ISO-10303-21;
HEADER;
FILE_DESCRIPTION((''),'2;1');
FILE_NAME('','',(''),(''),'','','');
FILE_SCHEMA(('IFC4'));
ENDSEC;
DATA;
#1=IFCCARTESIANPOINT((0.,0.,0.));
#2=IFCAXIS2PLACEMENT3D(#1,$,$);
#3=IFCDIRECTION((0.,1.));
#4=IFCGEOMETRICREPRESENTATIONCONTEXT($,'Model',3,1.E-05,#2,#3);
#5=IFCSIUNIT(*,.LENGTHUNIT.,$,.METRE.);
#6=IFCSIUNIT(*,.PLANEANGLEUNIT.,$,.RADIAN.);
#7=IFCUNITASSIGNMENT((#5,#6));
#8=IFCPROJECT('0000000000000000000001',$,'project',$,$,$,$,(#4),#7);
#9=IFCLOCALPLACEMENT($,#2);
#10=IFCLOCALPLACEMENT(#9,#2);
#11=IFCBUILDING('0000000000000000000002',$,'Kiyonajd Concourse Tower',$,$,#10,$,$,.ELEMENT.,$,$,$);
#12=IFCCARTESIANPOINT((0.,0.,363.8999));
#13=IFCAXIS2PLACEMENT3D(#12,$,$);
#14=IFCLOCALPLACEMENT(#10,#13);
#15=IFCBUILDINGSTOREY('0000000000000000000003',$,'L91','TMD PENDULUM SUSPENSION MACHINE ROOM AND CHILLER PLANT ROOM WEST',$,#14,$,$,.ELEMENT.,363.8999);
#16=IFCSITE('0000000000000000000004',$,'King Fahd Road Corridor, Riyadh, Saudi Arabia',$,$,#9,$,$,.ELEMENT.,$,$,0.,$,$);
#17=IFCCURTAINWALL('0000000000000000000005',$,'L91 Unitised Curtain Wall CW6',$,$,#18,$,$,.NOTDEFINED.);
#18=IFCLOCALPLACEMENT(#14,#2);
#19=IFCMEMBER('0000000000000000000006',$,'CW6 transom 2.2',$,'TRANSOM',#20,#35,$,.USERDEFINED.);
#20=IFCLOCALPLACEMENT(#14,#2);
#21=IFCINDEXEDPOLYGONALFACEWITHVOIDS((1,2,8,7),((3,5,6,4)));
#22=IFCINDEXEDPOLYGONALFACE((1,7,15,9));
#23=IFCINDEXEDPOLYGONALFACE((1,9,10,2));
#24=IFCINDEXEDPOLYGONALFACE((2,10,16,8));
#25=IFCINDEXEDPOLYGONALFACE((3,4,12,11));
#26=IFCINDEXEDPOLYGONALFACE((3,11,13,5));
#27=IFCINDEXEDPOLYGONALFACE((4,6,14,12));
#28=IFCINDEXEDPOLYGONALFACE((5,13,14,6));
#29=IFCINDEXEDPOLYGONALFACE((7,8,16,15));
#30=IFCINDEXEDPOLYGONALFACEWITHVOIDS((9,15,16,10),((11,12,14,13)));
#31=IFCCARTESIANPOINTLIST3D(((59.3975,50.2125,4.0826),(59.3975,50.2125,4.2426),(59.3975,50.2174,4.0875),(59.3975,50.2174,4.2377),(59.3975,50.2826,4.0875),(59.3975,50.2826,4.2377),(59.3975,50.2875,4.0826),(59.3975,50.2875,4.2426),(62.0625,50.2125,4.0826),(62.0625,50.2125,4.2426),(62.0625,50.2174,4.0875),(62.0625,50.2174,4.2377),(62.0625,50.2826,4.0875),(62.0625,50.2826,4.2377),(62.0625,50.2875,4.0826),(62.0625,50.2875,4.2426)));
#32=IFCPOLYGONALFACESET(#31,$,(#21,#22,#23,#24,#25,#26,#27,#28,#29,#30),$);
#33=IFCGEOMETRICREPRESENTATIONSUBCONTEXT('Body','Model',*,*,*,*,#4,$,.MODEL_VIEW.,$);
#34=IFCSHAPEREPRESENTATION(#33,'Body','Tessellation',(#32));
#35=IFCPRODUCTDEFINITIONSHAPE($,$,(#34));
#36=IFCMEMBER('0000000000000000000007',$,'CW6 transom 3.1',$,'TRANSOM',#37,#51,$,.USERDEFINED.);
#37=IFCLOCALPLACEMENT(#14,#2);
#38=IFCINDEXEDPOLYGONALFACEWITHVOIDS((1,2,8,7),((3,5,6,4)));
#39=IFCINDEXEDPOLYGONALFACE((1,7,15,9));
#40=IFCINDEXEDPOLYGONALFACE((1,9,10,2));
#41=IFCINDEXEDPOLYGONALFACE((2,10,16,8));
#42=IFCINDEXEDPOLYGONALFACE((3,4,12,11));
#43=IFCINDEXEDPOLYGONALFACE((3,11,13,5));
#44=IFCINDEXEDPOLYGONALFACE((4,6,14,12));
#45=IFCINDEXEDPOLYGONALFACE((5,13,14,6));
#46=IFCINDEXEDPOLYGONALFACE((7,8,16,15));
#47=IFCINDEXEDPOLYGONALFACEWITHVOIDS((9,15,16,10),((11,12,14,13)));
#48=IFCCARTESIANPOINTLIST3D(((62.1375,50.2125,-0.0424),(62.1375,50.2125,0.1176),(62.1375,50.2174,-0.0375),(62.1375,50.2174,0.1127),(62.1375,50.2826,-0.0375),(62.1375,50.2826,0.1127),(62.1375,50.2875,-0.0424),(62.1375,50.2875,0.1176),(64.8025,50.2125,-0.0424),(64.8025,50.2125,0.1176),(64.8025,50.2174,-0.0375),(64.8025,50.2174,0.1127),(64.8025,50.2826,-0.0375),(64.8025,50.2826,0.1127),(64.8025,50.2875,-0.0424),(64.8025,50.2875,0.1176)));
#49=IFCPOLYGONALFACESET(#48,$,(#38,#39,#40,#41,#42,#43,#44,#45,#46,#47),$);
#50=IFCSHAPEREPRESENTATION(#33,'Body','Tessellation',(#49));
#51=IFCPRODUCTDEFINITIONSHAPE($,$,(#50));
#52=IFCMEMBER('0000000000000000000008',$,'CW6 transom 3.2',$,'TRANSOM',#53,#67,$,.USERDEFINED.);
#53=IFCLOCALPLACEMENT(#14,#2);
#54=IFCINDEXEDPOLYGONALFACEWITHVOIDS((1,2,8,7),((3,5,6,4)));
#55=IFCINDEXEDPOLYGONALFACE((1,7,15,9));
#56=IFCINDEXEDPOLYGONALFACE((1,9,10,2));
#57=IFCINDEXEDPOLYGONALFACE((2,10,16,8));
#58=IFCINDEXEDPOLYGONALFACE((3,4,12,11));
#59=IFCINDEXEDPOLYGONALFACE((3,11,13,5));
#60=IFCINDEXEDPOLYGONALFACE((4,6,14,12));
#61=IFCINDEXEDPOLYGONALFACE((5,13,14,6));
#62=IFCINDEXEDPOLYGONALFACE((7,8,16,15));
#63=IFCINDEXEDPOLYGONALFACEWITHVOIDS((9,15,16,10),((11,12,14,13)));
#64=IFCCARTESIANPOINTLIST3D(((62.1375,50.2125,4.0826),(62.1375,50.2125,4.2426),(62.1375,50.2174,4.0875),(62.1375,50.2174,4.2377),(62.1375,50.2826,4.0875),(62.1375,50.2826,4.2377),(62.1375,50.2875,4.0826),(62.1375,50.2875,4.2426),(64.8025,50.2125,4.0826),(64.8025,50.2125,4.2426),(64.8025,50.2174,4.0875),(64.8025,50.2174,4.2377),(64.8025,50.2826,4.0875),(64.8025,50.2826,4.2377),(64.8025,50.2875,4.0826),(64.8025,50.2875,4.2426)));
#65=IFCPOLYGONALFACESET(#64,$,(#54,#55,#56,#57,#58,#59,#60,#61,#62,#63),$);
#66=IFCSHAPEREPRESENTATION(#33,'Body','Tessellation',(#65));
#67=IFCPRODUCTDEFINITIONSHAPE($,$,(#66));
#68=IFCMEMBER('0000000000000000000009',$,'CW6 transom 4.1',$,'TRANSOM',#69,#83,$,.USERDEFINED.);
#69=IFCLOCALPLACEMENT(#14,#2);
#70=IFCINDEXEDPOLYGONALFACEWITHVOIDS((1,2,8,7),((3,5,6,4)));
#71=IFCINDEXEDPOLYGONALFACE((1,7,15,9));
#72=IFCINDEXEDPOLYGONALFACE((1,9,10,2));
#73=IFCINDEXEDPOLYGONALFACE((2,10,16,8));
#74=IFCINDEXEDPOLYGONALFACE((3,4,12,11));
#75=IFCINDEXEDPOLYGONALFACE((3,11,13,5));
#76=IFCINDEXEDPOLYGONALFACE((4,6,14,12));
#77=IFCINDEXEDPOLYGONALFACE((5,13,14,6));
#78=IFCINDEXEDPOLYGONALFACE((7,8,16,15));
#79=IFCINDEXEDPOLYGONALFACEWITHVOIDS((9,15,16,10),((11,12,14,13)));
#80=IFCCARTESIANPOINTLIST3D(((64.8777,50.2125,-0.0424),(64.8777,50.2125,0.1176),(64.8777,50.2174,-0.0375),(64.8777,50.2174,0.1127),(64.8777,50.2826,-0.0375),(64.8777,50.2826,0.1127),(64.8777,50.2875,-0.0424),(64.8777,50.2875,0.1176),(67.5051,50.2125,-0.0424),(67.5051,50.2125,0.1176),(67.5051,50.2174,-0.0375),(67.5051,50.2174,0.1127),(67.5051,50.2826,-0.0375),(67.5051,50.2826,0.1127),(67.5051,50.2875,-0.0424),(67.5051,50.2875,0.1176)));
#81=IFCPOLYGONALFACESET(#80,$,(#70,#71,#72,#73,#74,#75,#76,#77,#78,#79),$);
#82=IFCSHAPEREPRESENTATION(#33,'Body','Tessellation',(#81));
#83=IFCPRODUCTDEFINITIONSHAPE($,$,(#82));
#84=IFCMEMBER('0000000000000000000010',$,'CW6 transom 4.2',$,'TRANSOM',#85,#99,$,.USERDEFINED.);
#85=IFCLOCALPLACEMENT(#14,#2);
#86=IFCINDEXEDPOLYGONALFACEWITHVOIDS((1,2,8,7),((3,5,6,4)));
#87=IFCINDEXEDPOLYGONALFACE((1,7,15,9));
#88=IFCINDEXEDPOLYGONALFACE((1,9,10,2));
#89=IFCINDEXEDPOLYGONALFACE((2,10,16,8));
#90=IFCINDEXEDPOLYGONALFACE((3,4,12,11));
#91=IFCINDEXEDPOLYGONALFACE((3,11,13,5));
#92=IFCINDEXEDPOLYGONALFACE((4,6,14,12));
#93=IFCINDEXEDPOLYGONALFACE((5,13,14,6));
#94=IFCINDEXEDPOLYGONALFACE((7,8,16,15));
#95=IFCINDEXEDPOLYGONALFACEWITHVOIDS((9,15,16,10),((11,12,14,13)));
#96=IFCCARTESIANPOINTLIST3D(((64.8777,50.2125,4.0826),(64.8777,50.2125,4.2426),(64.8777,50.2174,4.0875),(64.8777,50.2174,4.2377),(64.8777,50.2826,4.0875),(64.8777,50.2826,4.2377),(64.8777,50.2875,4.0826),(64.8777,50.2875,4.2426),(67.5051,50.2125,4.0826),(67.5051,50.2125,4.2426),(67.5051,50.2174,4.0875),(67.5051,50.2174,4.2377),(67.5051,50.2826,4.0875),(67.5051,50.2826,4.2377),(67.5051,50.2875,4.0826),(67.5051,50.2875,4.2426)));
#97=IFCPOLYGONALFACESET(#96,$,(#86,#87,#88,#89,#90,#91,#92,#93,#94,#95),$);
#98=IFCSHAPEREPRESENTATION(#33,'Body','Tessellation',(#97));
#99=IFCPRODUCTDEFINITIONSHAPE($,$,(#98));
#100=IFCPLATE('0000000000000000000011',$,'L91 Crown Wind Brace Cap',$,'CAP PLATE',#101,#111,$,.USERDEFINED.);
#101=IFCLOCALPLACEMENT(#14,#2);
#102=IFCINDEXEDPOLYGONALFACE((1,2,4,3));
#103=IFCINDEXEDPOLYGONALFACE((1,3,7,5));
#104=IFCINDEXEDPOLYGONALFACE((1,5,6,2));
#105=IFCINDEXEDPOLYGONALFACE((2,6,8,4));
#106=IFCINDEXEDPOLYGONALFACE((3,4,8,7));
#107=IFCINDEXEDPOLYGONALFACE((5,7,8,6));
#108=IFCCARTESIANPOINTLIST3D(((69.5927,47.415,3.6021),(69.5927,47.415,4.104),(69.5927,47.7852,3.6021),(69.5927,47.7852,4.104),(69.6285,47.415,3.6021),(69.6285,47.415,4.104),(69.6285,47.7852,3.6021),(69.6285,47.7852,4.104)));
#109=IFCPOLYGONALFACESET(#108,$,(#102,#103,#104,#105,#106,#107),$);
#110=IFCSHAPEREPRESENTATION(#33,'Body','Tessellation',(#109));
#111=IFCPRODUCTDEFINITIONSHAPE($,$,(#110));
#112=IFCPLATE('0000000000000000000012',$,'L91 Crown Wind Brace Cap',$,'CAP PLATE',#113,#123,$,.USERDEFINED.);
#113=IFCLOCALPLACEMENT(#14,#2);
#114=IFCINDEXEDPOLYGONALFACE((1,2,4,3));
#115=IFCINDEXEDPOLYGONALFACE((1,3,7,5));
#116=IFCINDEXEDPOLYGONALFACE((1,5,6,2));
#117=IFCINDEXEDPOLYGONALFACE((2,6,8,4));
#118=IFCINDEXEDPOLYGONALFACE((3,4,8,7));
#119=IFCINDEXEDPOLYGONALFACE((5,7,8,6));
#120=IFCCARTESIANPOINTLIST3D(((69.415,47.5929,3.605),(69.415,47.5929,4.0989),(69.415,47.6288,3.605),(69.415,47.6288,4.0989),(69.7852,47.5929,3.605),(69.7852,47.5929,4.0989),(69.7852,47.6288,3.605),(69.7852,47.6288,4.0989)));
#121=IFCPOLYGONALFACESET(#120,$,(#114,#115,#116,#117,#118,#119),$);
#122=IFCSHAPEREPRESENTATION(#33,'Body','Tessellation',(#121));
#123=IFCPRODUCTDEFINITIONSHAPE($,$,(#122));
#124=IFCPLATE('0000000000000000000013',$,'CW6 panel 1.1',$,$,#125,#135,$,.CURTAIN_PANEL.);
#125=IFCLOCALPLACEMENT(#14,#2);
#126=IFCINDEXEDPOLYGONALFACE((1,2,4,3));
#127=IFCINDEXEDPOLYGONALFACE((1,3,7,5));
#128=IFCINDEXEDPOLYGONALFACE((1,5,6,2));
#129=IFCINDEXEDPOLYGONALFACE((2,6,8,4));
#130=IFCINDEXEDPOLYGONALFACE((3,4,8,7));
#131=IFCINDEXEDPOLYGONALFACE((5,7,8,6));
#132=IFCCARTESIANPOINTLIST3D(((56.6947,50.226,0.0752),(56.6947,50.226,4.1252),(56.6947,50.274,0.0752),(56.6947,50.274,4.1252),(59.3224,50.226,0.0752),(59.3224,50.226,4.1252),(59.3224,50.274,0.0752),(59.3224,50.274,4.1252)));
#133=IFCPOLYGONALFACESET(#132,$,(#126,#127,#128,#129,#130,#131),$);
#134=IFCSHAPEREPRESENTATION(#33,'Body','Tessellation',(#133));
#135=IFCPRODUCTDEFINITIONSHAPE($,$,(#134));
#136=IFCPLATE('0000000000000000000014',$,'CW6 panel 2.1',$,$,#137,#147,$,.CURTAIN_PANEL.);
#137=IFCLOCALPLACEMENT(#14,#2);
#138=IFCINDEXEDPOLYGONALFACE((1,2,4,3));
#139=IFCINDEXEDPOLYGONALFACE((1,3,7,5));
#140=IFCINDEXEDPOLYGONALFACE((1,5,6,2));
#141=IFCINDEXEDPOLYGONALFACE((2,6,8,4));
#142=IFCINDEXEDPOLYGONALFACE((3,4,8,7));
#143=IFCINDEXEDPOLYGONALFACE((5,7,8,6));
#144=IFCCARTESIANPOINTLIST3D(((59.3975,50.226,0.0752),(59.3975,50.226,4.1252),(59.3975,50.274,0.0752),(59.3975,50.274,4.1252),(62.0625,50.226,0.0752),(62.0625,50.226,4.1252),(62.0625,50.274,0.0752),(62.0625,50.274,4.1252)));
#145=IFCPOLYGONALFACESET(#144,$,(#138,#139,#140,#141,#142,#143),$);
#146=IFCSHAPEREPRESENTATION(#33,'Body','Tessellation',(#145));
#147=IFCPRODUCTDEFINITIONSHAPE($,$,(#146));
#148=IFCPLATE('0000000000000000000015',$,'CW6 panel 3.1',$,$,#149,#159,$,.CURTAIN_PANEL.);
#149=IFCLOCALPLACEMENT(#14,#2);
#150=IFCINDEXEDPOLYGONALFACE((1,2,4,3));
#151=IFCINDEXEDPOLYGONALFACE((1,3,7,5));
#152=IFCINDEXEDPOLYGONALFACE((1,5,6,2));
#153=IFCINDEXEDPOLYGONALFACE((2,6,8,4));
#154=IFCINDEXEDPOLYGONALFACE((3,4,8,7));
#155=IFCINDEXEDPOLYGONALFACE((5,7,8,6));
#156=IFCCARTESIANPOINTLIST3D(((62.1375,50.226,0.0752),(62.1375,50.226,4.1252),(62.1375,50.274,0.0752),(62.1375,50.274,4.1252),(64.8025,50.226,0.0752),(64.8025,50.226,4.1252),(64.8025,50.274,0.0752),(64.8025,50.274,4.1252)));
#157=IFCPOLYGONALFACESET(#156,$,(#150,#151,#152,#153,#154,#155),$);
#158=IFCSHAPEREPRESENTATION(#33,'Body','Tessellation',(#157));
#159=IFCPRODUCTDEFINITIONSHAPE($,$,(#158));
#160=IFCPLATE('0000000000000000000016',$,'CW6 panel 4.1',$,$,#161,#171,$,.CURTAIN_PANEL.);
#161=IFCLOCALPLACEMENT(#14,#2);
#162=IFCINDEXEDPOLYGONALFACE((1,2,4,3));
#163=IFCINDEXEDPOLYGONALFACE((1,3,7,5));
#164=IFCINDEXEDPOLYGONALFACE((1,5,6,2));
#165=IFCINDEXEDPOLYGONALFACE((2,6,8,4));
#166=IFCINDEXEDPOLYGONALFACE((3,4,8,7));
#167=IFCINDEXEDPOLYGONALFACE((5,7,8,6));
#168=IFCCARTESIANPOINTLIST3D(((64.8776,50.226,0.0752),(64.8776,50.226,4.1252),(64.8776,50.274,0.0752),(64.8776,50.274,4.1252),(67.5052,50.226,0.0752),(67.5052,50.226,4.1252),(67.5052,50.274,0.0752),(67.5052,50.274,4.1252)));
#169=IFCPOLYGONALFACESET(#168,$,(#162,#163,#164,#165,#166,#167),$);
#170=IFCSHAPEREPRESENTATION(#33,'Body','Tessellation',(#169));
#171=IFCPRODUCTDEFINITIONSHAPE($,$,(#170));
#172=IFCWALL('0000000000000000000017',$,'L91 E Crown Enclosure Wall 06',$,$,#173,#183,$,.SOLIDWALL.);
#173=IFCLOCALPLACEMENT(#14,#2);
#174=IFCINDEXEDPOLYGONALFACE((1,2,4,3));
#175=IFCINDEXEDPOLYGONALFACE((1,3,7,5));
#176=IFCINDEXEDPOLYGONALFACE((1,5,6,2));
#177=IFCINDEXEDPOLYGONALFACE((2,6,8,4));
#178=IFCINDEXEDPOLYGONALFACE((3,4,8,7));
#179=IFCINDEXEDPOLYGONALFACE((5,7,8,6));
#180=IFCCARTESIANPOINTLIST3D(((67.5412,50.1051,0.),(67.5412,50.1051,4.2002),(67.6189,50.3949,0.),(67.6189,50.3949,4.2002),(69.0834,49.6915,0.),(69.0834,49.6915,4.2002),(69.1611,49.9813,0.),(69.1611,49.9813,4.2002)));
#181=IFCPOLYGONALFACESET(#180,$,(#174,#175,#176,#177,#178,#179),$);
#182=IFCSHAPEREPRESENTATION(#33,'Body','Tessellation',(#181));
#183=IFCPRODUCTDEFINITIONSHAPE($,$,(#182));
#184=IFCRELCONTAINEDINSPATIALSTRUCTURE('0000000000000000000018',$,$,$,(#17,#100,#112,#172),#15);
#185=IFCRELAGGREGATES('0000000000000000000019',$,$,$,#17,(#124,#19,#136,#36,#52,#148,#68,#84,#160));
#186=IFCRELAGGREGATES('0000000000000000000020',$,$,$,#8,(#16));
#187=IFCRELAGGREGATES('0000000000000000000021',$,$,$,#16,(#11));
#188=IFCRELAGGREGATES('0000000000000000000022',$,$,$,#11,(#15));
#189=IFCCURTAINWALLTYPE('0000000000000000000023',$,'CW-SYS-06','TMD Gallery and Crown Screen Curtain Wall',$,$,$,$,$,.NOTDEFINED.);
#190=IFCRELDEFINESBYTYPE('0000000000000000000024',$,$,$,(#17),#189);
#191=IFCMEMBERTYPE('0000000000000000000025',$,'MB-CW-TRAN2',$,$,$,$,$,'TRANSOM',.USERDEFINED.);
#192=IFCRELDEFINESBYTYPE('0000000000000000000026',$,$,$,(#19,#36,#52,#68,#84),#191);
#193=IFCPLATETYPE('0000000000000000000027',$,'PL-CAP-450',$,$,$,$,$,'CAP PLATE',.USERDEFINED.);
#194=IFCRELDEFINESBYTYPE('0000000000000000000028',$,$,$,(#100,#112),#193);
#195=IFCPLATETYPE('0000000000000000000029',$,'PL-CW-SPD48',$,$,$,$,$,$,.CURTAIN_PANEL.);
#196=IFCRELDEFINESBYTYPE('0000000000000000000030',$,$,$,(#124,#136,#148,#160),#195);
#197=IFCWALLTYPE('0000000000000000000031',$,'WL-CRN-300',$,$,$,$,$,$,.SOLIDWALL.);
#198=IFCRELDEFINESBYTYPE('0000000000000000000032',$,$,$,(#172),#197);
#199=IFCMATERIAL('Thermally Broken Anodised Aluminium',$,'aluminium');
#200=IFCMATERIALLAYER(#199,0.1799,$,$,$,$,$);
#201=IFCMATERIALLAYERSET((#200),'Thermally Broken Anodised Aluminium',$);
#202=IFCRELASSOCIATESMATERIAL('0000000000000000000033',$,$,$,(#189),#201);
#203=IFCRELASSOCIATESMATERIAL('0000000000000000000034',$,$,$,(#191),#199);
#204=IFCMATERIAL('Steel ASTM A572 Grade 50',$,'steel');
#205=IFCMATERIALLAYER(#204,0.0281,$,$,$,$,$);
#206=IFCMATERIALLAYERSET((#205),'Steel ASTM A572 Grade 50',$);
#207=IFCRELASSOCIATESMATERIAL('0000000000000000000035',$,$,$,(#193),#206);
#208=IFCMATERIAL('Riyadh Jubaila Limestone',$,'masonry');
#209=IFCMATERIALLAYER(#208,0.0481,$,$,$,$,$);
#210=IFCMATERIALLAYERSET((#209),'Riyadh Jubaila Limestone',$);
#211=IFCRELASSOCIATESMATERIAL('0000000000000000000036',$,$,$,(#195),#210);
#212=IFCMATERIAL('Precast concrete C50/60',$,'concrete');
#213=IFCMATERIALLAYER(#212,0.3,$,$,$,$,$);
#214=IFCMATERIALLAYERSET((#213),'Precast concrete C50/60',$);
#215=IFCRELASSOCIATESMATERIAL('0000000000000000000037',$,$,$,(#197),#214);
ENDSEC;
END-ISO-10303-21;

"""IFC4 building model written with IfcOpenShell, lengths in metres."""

from ifc_helpers import new_model, si_unit, direction, frame, frame_2d, origin, origin_2d, place, context, subcontext, project, spatial, rectangle, hollow_rectangle, extrude, material, layer, layer_set, material_profile, profile_set, type_object, element, aggregate, save


model = new_model("IFC4")

# Units and contexts
model_context = context("Model", 3, precision=1e-05, world=origin(), true_north=direction((0.0, 1.0)))
body_context = subcontext(model_context, "Body", "Model", "MODEL_VIEW")
ifc_project = project(units=[si_unit("LENGTHUNIT", "METRE"), si_unit("PLANEANGLEUNIT", "RADIAN")], contexts=[model_context])

# Site, building, storey
site_placement = place(None, origin())
site = spatial("IfcSite", under=ifc_project, at=site_placement, Name="King Fahd Road Corridor, Riyadh, Saudi Arabia", CompositionType="ELEMENT", RefElevation=0.0)
building_placement = place(site_placement, origin())
building = spatial("IfcBuilding", under=site, at=building_placement, Name="Kiyonajd Concourse Tower", CompositionType="ELEMENT")
storey_placement = place(building_placement, frame((0.0, 0.0, 363.8999)))
storey = spatial("IfcBuildingStorey", under=building, at=storey_placement, Name="L91", Description="TMD PENDULUM SUSPENSION MACHINE ROOM AND CHILLER PLANT ROOM WEST", CompositionType="ELEMENT", Elevation=363.8999)

# Shared definitions
ifc_material_1 = material(Name="Steel ASTM A572 Grade 50", Category="steel")

# Curtain wall, members
ifc_material_2 = material(Name="Thermally Broken Anodised Aluminium", Category="aluminium")
ifc_layer_1 = layer(ifc_material_2, 0.1799)
ifc_layer_set_1 = layer_set([ifc_layer_1], Name="Thermally Broken Anodised Aluminium")
curtain_wall_type = type_object("IfcCurtainWallType", Name="CW-SYS-06", Description="TMD Gallery and Crown Screen Curtain Wall", PredefinedType="NOTDEFINED", material=ifc_layer_set_1)
curtain_wall_placement = place(storey_placement, origin())
curtain_wall = element("IfcCurtainWall", 1, at=curtain_wall_placement, inside=storey, type_object=curtain_wall_type, Name="L91 Unitised Curtain Wall CW6", PredefinedType="NOTDEFINED")
ifc_material_profile_1 = material_profile(ifc_material_2, hollow_rectangle(XDim=0.075, YDim=0.1599, WallThickness=0.0049, at=origin_2d()), Name="TRAN-75x160")
ifc_profile_set_1 = profile_set([ifc_material_profile_1], Name="Thermally Broken Anodised Aluminium")
member_type_1 = type_object("IfcMemberType", Name="MB-CW-TRAN2", ElementType="TRANSOM", PredefinedType="USERDEFINED", material=ifc_profile_set_1)
member_1_placement = place(storey_placement, frame((59.3975, 50.25, 4.1626), z_axis=(1.0, 0.0, 0.0), x_axis=(0.0, 1.0, 0.0)))
member_1 = element("IfcMember", 2, at=member_1_placement, type_object=member_type_1, Name="CW6 transom 2.2", ObjectType="TRANSOM", PredefinedType="USERDEFINED", context=body_context, shape_type="SweptSolid", body=[
    extrude(hollow_rectangle(XDim=0.075, YDim=0.1599, WallThickness=0.0049, at=origin_2d()), origin(), (0.0, 0.0, 1.0), 2.665),
])
member_2_placement = place(storey_placement, frame((62.1375, 50.25, 0.0376), z_axis=(1.0, 0.0, 0.0), x_axis=(0.0, 1.0, 0.0)))
member_2 = element("IfcMember", 3, at=member_2_placement, type_object=member_type_1, Name="CW6 transom 3.1", ObjectType="TRANSOM", PredefinedType="USERDEFINED", context=body_context, shape_type="SweptSolid", body=[
    extrude(hollow_rectangle(XDim=0.075, YDim=0.1599, WallThickness=0.0049, at=origin_2d()), origin(), (0.0, 0.0, 1.0), 2.665),
])
member_3_placement = place(storey_placement, frame((62.1375, 50.25, 4.1626), z_axis=(1.0, 0.0, 0.0), x_axis=(0.0, 1.0, 0.0)))
member_3 = element("IfcMember", 4, at=member_3_placement, type_object=member_type_1, Name="CW6 transom 3.2", ObjectType="TRANSOM", PredefinedType="USERDEFINED", context=body_context, shape_type="SweptSolid", body=[
    extrude(hollow_rectangle(XDim=0.075, YDim=0.1599, WallThickness=0.0049, at=origin_2d()), origin(), (0.0, 0.0, 1.0), 2.665),
])
member_4_placement = place(storey_placement, frame((64.8777, 50.25, 0.0376), z_axis=(1.0, 0.0, 0.0), x_axis=(0.0, 1.0, 0.0)))
member_4 = element("IfcMember", 5, at=member_4_placement, type_object=member_type_1, Name="CW6 transom 4.1", ObjectType="TRANSOM", PredefinedType="USERDEFINED", context=body_context, shape_type="SweptSolid", body=[
    extrude(hollow_rectangle(XDim=0.075, YDim=0.1599, WallThickness=0.0049, at=origin_2d()), origin(), (0.0, 0.0, 1.0), 2.6274),
])
member_5_placement = place(storey_placement, frame((64.8777, 50.25, 4.1626), z_axis=(1.0, 0.0, 0.0), x_axis=(0.0, 1.0, 0.0)))
member_5 = element("IfcMember", 6, at=member_5_placement, type_object=member_type_1, Name="CW6 transom 4.2", ObjectType="TRANSOM", PredefinedType="USERDEFINED", context=body_context, shape_type="SweptSolid", body=[
    extrude(hollow_rectangle(XDim=0.075, YDim=0.1599, WallThickness=0.0049, at=origin_2d()), origin(), (0.0, 0.0, 1.0), 2.6274),
])

# Plates
ifc_layer_2 = layer(ifc_material_1, 0.0281)
ifc_layer_set_2 = layer_set([ifc_layer_2], Name="Steel ASTM A572 Grade 50")
plate_type_1 = type_object("IfcPlateType", Name="PL-CAP-450", ElementType="CAP PLATE", PredefinedType="USERDEFINED", material=ifc_layer_set_2)
plate_1_placement = place(storey_placement, frame((69.6106, 47.6001, 3.6021), z_axis=(0.0, 0.0, 1.0), x_axis=(1.0, 0.0, 0.0)))
element("IfcPlate", 7, at=plate_1_placement, inside=storey, type_object=plate_type_1, Name="L91 Crown Wind Brace Cap", ObjectType="CAP PLATE", PredefinedType="USERDEFINED", context=body_context, shape_type="SweptSolid", body=[
    extrude(rectangle(XDim=0.0359, YDim=0.3701, at=origin_2d()), origin(), (0.0, 0.0, 1.0), 0.502),
])
plate_2_placement = place(storey_placement, frame((69.6001, 47.6108, 3.605), z_axis=(0.0, 0.0, 1.0), x_axis=(0.0, 1.0, 0.0)))
element("IfcPlate", 8, at=plate_2_placement, inside=storey, type_object=plate_type_1, Name="L91 Crown Wind Brace Cap", ObjectType="CAP PLATE", PredefinedType="USERDEFINED", context=body_context, shape_type="SweptSolid", body=[
    extrude(rectangle(XDim=0.0359, YDim=0.3701, at=origin_2d()), origin(), (0.0, 0.0, 1.0), 0.4939),
])

# Plates
ifc_material_3 = material(Name="Riyadh Jubaila Limestone", Category="masonry")
ifc_layer_3 = layer(ifc_material_3, 0.0481)
ifc_layer_set_3 = layer_set([ifc_layer_3], Name="Riyadh Jubaila Limestone")
plate_type_2 = type_object("IfcPlateType", Name="PL-CW-SPD48", PredefinedType="CURTAIN_PANEL", material=ifc_layer_set_3)
plate_3_placement = place(storey_placement, frame((58.0085, 50.25, 0.0752), z_axis=(0.0, 0.0, 1.0), x_axis=(1.0, 0.0, 0.0)))
plate_3 = element("IfcPlate", 9, at=plate_3_placement, type_object=plate_type_2, Name="CW6 panel 1.1", PredefinedType="CURTAIN_PANEL", context=body_context, shape_type="SweptSolid", body=[
    extrude(rectangle(XDim=2.6277, YDim=0.0481, at=origin_2d()), origin(), (0.0, 0.0, 1.0), 4.05),
])
plate_4_placement = place(storey_placement, frame((60.73, 50.25, 0.0752), z_axis=(0.0, 0.0, 1.0), x_axis=(1.0, 0.0, 0.0)))
plate_4 = element("IfcPlate", 10, at=plate_4_placement, type_object=plate_type_2, Name="CW6 panel 2.1", PredefinedType="CURTAIN_PANEL", context=body_context, shape_type="SweptSolid", body=[
    extrude(rectangle(XDim=2.665, YDim=0.0481, at=origin_2d()), origin(), (0.0, 0.0, 1.0), 4.05),
])
plate_5_placement = place(storey_placement, frame((63.47, 50.25, 0.0752), z_axis=(0.0, 0.0, 1.0), x_axis=(1.0, 0.0, 0.0)))
plate_5 = element("IfcPlate", 11, at=plate_5_placement, type_object=plate_type_2, Name="CW6 panel 3.1", PredefinedType="CURTAIN_PANEL", context=body_context, shape_type="SweptSolid", body=[
    extrude(rectangle(XDim=2.665, YDim=0.0481, at=origin_2d()), origin(), (0.0, 0.0, 1.0), 4.05),
])
plate_6_placement = place(storey_placement, frame((66.1914, 50.25, 0.0752), z_axis=(0.0, 0.0, 1.0), x_axis=(1.0, 0.0, 0.0)))
plate_6 = element("IfcPlate", 12, at=plate_6_placement, type_object=plate_type_2, Name="CW6 panel 4.1", PredefinedType="CURTAIN_PANEL", context=body_context, shape_type="SweptSolid", body=[
    extrude(rectangle(XDim=2.6277, YDim=0.0481, at=origin_2d()), origin(), (0.0, 0.0, 1.0), 4.05),
])
aggregate(curtain_wall, [plate_3, member_1, plate_4, member_2, member_3, plate_5, member_4, member_5, plate_6])

# Wall
ifc_material_4 = material(Name="Precast concrete C50/60", Category="concrete")
ifc_layer_4 = layer(ifc_material_4, 0.3)
ifc_layer_set_4 = layer_set([ifc_layer_4], Name="Precast concrete C50/60")
wall_type_1 = type_object("IfcWallType", Name="WL-CRN-300", PredefinedType="SOLIDWALL", material=ifc_layer_set_4)
wall_1_placement = place(storey_placement, frame((67.5801, 50.25, 0.0), z_axis=(0.0, 0.0, 1.0), x_axis=(0.965874, -0.259014, 0.0)))
element("IfcWall", 13, at=wall_1_placement, inside=storey, type_object=wall_type_1, Name="L91 E Crown Enclosure Wall 06", PredefinedType="SOLIDWALL", context=body_context, shape_type="SweptSolid", body=[
    extrude(rectangle(XDim=1.5967, YDim=0.3, at=frame_2d((0.7983, 0.0))), origin(), (0.0, 0.0, 1.0), 4.2002),
])

save(model, "model.ifc")
